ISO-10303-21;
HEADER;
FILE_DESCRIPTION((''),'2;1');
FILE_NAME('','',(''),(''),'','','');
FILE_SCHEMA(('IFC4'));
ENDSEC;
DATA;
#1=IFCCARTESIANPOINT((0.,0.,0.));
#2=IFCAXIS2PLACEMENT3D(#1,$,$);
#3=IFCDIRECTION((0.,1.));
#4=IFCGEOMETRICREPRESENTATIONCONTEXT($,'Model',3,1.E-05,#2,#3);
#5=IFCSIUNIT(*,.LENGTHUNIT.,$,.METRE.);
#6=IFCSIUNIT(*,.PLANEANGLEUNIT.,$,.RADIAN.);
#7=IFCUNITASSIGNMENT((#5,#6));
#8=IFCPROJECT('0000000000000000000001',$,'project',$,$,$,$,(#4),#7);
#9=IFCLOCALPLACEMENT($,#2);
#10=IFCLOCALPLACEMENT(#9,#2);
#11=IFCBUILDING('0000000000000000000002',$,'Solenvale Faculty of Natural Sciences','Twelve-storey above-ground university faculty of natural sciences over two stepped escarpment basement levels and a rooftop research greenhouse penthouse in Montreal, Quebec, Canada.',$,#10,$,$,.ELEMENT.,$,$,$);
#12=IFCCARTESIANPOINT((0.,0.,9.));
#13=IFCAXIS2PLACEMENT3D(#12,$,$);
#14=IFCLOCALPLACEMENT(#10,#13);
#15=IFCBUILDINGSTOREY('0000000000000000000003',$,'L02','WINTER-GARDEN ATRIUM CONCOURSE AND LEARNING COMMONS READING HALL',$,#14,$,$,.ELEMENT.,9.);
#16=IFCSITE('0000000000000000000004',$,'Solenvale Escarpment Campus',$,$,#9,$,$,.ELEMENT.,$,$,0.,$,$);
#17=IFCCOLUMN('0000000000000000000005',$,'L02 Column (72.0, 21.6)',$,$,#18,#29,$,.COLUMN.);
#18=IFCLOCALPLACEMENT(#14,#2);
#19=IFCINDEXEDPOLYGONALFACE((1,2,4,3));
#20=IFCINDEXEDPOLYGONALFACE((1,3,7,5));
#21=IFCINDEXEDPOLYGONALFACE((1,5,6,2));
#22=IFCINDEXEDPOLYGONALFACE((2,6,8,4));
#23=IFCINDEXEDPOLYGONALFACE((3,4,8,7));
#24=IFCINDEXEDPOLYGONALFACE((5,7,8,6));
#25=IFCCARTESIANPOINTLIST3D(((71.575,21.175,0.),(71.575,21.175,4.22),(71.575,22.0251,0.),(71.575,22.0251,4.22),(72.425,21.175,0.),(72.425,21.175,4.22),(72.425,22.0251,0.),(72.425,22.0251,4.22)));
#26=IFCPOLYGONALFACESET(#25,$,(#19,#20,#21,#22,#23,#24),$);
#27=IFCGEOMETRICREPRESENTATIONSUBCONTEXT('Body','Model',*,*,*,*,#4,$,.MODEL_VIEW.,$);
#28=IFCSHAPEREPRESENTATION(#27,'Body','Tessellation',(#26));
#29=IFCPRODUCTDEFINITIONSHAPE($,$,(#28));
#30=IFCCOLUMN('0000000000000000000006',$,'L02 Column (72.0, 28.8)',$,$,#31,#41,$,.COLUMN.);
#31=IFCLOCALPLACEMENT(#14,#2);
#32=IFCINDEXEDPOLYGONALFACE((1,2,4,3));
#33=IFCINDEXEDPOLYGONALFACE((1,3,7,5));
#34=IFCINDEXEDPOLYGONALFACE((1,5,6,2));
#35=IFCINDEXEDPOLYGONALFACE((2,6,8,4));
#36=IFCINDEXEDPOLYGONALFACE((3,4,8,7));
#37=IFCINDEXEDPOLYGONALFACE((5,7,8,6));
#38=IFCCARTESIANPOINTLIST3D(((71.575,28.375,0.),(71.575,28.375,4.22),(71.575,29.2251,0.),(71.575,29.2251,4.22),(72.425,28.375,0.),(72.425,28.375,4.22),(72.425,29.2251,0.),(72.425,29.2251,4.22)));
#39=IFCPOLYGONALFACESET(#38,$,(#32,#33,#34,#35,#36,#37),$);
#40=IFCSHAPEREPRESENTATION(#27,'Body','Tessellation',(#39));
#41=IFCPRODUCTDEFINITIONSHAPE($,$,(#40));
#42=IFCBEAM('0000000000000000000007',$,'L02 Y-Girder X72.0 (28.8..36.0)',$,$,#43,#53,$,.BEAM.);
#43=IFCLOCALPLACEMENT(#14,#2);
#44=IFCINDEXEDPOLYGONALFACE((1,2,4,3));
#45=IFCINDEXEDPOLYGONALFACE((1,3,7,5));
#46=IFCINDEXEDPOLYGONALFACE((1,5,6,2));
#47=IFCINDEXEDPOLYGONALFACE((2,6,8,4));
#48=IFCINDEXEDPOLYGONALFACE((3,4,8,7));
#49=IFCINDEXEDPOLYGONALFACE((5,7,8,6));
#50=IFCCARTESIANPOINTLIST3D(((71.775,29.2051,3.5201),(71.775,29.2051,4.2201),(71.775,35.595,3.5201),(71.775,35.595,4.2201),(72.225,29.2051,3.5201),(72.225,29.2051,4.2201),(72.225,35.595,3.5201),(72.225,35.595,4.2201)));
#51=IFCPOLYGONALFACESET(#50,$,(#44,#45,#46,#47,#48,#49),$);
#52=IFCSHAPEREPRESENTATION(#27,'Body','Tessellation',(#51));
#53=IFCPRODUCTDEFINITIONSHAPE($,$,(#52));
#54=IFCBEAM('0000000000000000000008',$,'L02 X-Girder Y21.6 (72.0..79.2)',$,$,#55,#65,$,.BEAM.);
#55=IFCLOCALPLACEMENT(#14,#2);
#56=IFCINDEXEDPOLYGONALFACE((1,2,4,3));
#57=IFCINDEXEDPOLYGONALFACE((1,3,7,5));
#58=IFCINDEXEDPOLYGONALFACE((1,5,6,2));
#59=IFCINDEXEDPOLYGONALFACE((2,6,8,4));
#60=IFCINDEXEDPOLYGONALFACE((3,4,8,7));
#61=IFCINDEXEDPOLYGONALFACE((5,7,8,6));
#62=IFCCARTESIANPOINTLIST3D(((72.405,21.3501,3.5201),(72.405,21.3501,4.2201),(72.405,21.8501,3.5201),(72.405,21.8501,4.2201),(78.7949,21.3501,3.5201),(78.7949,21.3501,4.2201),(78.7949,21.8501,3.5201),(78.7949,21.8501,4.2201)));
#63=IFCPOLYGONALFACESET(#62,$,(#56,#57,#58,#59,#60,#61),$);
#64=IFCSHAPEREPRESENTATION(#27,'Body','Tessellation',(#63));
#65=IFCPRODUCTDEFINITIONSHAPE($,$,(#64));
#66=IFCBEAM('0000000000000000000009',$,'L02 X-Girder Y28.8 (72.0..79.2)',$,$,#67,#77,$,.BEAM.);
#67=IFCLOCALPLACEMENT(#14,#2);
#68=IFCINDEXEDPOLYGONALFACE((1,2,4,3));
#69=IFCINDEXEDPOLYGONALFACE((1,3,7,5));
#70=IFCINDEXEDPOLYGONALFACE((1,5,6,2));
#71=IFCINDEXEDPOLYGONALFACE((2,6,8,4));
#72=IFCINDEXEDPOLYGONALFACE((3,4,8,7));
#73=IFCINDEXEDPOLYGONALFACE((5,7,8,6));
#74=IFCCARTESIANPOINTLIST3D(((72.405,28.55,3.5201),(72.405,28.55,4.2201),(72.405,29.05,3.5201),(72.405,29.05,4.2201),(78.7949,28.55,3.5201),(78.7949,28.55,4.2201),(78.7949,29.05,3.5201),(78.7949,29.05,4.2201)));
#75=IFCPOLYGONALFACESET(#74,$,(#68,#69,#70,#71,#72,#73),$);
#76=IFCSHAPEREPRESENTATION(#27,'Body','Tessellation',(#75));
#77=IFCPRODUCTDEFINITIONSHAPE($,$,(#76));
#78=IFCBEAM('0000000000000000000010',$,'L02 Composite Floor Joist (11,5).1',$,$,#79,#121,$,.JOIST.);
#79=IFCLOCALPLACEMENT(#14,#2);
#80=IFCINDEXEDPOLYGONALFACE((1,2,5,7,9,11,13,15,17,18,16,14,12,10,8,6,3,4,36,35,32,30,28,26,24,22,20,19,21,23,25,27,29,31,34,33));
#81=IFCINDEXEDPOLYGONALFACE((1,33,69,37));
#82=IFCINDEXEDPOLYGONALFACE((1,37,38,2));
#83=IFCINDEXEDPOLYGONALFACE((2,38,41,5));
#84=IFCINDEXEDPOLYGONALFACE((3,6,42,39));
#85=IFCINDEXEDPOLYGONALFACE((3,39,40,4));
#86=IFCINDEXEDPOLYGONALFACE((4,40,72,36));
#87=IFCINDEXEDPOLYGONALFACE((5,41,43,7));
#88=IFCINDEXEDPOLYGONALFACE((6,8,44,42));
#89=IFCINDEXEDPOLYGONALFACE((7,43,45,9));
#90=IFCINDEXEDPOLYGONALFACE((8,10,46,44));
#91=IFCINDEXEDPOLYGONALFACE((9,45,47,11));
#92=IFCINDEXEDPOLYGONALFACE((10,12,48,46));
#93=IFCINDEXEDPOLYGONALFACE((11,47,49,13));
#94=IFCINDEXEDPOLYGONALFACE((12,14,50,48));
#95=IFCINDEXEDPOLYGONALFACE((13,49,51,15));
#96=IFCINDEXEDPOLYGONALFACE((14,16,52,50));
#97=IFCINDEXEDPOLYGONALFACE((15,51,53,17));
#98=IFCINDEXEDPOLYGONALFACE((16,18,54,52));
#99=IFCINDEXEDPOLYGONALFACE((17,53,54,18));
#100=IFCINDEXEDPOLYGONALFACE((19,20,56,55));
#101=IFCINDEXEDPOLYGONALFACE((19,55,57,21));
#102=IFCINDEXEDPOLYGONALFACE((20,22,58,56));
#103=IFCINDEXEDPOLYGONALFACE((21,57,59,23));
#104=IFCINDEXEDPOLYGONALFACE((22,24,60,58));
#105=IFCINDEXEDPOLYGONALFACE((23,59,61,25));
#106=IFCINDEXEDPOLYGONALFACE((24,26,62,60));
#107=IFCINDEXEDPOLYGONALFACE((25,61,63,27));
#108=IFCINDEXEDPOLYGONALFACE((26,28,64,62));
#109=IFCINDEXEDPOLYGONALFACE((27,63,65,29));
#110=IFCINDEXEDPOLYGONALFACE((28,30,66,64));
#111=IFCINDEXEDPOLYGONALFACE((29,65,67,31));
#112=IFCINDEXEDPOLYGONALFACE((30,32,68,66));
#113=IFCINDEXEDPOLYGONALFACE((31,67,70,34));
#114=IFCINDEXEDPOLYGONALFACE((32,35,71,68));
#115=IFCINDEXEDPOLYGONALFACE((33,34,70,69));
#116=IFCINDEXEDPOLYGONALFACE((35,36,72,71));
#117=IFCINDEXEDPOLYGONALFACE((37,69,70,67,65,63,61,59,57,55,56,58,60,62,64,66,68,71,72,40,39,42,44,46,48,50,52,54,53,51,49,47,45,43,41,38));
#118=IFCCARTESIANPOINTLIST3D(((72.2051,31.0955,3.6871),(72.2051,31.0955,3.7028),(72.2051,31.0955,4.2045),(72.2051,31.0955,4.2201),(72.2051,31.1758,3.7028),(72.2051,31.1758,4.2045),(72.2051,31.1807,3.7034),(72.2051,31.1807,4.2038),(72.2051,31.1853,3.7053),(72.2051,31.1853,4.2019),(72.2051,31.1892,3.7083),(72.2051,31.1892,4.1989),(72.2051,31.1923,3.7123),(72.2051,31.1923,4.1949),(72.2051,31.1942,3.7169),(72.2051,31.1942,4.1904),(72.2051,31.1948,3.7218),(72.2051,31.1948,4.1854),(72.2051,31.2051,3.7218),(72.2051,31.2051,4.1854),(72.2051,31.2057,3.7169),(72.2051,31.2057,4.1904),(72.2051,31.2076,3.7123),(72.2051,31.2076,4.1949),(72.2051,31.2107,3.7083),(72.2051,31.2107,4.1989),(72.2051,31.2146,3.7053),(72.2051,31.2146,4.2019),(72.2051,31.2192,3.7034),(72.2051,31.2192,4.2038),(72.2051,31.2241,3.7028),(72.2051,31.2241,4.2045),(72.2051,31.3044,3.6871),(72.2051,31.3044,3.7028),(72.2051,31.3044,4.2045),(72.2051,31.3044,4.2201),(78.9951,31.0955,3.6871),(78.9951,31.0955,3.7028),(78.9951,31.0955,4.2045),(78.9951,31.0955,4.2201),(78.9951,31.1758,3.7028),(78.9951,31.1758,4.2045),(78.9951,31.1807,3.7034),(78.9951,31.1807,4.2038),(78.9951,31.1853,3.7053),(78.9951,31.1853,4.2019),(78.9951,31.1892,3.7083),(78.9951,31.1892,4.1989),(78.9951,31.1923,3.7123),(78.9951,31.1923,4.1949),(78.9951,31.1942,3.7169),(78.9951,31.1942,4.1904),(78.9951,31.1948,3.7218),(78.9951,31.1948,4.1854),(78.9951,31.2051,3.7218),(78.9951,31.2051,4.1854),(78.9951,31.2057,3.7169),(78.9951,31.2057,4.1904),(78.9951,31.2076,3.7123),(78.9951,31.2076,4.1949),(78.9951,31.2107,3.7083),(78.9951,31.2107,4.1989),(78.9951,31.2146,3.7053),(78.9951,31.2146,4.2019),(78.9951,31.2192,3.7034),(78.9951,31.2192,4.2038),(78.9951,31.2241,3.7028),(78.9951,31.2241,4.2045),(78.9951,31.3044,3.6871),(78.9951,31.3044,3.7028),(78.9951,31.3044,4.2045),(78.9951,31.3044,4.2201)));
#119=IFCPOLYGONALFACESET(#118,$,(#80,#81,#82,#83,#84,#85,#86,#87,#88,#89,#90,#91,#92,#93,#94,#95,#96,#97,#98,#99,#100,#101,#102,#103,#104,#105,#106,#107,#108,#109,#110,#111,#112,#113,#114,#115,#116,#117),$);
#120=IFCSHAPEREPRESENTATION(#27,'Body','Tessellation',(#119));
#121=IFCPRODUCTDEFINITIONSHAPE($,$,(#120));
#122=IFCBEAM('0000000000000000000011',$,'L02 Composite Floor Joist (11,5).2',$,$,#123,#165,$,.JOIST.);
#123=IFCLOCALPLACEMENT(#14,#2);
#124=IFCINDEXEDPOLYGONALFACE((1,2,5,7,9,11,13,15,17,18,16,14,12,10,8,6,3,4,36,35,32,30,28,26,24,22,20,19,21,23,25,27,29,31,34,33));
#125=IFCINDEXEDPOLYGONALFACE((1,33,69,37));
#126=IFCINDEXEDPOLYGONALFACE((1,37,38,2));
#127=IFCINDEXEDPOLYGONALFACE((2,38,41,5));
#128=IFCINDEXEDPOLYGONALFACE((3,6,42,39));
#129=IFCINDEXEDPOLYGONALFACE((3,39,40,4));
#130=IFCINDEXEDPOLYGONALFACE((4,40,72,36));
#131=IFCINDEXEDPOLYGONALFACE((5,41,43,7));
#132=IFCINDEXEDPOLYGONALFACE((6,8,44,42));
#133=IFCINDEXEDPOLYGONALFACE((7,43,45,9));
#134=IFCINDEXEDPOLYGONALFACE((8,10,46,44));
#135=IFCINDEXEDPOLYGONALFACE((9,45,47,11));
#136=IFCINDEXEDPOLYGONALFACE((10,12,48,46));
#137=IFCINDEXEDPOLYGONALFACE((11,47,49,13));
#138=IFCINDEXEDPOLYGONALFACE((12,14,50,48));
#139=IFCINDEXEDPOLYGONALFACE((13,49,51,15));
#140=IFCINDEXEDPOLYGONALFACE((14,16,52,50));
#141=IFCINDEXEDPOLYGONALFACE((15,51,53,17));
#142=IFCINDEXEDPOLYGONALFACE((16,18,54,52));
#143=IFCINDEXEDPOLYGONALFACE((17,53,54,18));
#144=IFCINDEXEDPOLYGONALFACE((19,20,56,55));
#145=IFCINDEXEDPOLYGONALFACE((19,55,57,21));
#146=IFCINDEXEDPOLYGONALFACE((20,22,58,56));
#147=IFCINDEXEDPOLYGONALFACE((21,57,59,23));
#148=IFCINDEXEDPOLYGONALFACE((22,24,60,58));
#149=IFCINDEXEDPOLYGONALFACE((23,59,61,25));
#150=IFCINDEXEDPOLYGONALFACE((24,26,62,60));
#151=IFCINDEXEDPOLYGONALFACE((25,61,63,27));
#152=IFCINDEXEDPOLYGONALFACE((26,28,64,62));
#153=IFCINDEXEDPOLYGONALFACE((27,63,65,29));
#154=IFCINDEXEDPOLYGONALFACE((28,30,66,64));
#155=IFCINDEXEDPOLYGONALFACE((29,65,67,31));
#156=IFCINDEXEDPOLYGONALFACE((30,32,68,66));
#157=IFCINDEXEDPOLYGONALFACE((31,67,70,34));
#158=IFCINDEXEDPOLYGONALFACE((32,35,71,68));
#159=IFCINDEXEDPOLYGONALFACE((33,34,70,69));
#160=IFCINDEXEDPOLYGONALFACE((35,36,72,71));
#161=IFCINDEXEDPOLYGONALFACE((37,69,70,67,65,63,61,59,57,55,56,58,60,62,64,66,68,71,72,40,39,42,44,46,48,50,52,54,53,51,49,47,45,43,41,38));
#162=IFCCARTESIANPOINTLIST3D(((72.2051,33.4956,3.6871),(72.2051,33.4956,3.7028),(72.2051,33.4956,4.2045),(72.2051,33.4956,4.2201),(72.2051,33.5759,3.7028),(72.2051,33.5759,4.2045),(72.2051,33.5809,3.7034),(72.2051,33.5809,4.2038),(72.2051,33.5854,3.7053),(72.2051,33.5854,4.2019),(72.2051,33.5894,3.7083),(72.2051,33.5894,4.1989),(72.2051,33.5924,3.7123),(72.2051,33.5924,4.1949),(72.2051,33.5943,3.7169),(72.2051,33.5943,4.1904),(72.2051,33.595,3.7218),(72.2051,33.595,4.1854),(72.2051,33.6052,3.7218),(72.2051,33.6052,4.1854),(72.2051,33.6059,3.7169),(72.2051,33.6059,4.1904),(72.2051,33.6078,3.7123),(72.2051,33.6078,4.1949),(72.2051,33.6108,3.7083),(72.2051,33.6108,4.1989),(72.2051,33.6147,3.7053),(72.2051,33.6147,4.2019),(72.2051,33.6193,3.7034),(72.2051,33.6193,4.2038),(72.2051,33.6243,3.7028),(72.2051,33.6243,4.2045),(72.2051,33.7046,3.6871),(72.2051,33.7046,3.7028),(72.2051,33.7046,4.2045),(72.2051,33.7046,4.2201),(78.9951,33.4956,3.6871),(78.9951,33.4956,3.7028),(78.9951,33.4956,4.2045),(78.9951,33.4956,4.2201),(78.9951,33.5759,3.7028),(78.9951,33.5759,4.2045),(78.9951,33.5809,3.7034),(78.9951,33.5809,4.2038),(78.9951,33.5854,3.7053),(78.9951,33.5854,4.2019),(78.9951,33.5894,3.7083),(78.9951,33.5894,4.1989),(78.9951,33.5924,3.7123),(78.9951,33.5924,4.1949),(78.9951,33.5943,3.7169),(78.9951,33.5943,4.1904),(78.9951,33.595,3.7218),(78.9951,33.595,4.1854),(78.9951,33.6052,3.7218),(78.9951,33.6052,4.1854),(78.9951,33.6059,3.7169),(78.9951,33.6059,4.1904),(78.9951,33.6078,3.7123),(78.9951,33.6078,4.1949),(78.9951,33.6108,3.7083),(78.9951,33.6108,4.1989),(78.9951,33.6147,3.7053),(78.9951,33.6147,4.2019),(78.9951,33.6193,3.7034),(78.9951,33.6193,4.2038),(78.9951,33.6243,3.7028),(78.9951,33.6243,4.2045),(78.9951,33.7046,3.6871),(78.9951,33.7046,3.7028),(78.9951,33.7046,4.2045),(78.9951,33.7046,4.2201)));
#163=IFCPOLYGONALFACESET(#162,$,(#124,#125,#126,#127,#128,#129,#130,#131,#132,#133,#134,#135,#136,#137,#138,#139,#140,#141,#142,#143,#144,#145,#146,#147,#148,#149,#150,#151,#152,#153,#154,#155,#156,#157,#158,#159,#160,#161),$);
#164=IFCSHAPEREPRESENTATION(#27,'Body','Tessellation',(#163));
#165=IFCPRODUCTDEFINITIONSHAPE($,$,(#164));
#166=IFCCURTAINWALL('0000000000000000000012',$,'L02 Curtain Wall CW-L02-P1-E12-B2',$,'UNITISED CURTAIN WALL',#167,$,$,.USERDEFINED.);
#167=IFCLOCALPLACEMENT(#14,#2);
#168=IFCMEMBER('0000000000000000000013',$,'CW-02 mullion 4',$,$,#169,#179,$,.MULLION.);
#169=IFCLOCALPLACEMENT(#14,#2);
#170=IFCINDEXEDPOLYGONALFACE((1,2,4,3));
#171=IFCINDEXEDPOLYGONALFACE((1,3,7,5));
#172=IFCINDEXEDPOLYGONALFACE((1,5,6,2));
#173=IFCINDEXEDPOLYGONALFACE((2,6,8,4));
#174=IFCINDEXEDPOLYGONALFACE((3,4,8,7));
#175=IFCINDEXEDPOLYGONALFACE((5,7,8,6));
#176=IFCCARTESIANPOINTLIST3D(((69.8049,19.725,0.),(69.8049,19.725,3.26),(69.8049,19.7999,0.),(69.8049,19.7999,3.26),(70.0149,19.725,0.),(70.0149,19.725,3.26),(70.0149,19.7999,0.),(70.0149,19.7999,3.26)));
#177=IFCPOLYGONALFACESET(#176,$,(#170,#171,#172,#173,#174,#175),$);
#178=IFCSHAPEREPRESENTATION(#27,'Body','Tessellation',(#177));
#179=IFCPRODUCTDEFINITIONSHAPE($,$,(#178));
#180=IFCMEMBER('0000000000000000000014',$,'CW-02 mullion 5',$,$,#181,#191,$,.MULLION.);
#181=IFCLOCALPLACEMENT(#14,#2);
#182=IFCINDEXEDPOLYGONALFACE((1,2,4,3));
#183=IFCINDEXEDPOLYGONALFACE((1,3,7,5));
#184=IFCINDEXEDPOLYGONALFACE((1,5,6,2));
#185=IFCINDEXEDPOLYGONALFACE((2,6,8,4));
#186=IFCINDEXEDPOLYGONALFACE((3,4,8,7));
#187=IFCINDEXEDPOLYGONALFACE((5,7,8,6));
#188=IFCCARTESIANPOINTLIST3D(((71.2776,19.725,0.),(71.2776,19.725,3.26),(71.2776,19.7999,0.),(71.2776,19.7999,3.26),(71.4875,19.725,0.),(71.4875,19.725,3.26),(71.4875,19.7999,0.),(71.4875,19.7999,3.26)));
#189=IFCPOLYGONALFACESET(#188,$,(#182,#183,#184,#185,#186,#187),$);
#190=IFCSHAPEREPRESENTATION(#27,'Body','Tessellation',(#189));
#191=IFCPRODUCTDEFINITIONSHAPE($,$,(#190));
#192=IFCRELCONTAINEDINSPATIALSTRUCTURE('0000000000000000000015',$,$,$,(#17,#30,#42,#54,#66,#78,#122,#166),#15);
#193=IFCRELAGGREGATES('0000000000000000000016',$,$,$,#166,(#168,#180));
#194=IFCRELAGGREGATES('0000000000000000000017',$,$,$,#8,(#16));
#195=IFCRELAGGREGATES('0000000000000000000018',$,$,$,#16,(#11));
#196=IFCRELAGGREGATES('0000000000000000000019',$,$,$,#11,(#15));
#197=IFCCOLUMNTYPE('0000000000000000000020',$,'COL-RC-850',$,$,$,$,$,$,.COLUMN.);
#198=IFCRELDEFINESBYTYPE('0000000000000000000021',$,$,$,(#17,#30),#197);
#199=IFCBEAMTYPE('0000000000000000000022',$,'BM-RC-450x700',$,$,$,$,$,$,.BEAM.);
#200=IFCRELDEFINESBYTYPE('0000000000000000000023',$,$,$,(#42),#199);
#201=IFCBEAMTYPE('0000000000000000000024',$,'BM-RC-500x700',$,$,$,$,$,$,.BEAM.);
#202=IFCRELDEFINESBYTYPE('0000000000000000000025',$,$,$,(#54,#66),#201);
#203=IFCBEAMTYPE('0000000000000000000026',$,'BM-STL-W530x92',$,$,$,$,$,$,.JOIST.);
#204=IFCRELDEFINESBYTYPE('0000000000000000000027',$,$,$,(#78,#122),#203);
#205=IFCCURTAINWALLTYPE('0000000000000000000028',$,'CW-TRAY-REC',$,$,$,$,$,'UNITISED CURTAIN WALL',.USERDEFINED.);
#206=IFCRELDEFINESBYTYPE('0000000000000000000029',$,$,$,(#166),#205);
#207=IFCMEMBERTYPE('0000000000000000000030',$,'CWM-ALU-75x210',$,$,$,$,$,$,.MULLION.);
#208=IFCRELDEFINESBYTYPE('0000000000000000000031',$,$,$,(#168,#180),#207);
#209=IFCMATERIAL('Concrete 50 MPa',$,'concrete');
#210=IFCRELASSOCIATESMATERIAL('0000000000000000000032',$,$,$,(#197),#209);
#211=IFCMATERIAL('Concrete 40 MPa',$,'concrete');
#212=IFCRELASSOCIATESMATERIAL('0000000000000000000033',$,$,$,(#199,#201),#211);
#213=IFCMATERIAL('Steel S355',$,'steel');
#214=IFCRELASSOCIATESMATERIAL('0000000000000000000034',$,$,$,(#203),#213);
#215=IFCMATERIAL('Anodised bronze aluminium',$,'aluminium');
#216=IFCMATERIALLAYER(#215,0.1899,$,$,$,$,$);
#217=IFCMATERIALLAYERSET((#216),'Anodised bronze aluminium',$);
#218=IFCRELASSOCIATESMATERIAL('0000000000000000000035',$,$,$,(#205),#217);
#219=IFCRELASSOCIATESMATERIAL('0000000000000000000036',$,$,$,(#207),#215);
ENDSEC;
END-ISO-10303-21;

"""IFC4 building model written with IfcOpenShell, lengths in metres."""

from ifc_helpers import new_model, si_unit, direction, frame, origin, origin_2d, place, context, subcontext, project, spatial, rectangle, i_section, extrude, material, layer, layer_set, material_profile, profile_set, type_object, element, aggregate, save


model = new_model("IFC4")

# Units and contexts
model_context = context("Model", 3, precision=1e-05, world=origin(), true_north=direction((0.0, 1.0)))
body_context = subcontext(model_context, "Body", "Model", "MODEL_VIEW")
ifc_project = project(units=[si_unit("LENGTHUNIT", "METRE"), si_unit("PLANEANGLEUNIT", "RADIAN")], contexts=[model_context])

# Site, building, storey
site_placement = place(None, origin())
site = spatial("IfcSite", under=ifc_project, at=site_placement, Name="Solenvale Escarpment Campus", CompositionType="ELEMENT", RefElevation=0.0)
building_placement = place(site_placement, origin())
building = spatial("IfcBuilding", under=site, at=building_placement, Name="Solenvale Faculty of Natural Sciences", Description="Twelve-storey above-ground university faculty of natural sciences over two stepped escarpment basement levels and a rooftop research greenhouse penthouse in Montreal, Quebec, Canada.", CompositionType="ELEMENT")
storey_placement = place(building_placement, frame((0.0, 0.0, 9.0)))
storey = spatial("IfcBuildingStorey", under=building, at=storey_placement, Name="L02", Description="WINTER-GARDEN ATRIUM CONCOURSE AND LEARNING COMMONS READING HALL", CompositionType="ELEMENT", Elevation=9.0)

# Columns
ifc_material_1 = material(Name="Concrete 50 MPa", Category="concrete")
ifc_material_profile_1 = material_profile(ifc_material_1, rectangle(XDim=0.8501, YDim=0.8501, at=origin_2d()), Name="RC-COL-850x850")
ifc_profile_set_1 = profile_set([ifc_material_profile_1], Name="Concrete 50 MPa")
column_type = type_object("IfcColumnType", Name="COL-RC-850", PredefinedType="COLUMN", material=ifc_profile_set_1)
for number, where, z_axis, x_axis, name in (
    (1, (72.0, 21.6001, 0.0), (0.0, 0.0, 1.0), (1.0, 0.0, 0.0), "L02 Column (72.0, 21.6)"),
    (2, (72.0, 28.8, 0.0), (0.0, 0.0, 1.0), (1.0, 0.0, 0.0), "L02 Column (72.0, 28.8)"),
):
    element("IfcColumn", number, at=place(storey_placement, frame(where, z_axis=z_axis, x_axis=x_axis)), inside=storey, type_object=column_type, Name=name, PredefinedType="COLUMN", context=body_context, shape_type="SweptSolid", body=[
        extrude(rectangle(XDim=0.8501, YDim=0.8501, at=origin_2d()), origin(), (0.0, 0.0, 1.0), 4.22),
    ])

# Beams
ifc_material_2 = material(Name="Concrete 40 MPa", Category="concrete")
ifc_material_profile_2 = material_profile(ifc_material_2, rectangle(XDim=0.45, YDim=0.7, at=origin_2d()), Name="RC-BM-450x700")
ifc_profile_set_2 = profile_set([ifc_material_profile_2], Name="Concrete 40 MPa")
beam_type_1 = type_object("IfcBeamType", Name="BM-RC-450x700", PredefinedType="BEAM", material=ifc_profile_set_2)
beam_placement = place(storey_placement, frame((72.0, 29.2051, 3.8701), z_axis=(0.0, 1.0, 0.0), x_axis=(-1.0, 0.0, 0.0)))
element("IfcBeam", 3, at=beam_placement, inside=storey, type_object=beam_type_1, Name="L02 Y-Girder X72.0 (28.8..36.0)", PredefinedType="BEAM", context=body_context, shape_type="SweptSolid", body=[
    extrude(rectangle(XDim=0.45, YDim=0.7, at=origin_2d()), origin(), (0.0, 0.0, 1.0), 6.3899),
])
ifc_material_profile_3 = material_profile(ifc_material_2, rectangle(XDim=0.5, YDim=0.7, at=origin_2d()), Name="RC-BM-500x700")
ifc_profile_set_3 = profile_set([ifc_material_profile_3], Name="Concrete 40 MPa")
beam_type_2 = type_object("IfcBeamType", Name="BM-RC-500x700", PredefinedType="BEAM", material=ifc_profile_set_3)
for number, where, z_axis, x_axis, name in (
    (4, (72.405, 21.6001, 3.8701), (1.0, 0.0, 0.0), (0.0, 1.0, 0.0), "L02 X-Girder Y21.6 (72.0..79.2)"),
    (5, (72.405, 28.8, 3.8701), (1.0, 0.0, 0.0), (0.0, 1.0, 0.0), "L02 X-Girder Y28.8 (72.0..79.2)"),
):
    element("IfcBeam", number, at=place(storey_placement, frame(where, z_axis=z_axis, x_axis=x_axis)), inside=storey, type_object=beam_type_2, Name=name, PredefinedType="BEAM", context=body_context, shape_type="SweptSolid", body=[
        extrude(rectangle(XDim=0.5, YDim=0.7, at=origin_2d()), origin(), (0.0, 0.0, 1.0), 6.3899),
    ])
ifc_material_3 = material(Name="Steel S355", Category="steel")
ifc_material_profile_4 = material_profile(ifc_material_3, i_section(OverallWidth=0.209, OverallDepth=0.533, WebThickness=0.0103, FlangeThickness=0.0156, FilletRadius=0.019, at=origin_2d()), Name="W530x92")
ifc_profile_set_4 = profile_set([ifc_material_profile_4], Name="Steel S355")
beam_type_3 = type_object("IfcBeamType", Name="BM-STL-W530x92", PredefinedType="JOIST", material=ifc_profile_set_4)
for number, where, z_axis, x_axis, name in (
    (6, (72.2051, 31.2, 3.9536), (1.0, 0.0, 0.0), (0.0, 1.0, 0.0), "L02 Composite Floor Joist (11,5).1"),
    (7, (72.2051, 33.6001, 3.9536), (1.0, 0.0, 0.0), (0.0, 1.0, 0.0), "L02 Composite Floor Joist (11,5).2"),
):
    element("IfcBeam", number, at=place(storey_placement, frame(where, z_axis=z_axis, x_axis=x_axis)), inside=storey, type_object=beam_type_3, Name=name, PredefinedType="JOIST", context=body_context, shape_type="SweptSolid", body=[
        extrude(i_section(OverallWidth=0.209, OverallDepth=0.533, WebThickness=0.0103, FlangeThickness=0.0156, FilletRadius=0.019, at=origin_2d()), origin(), (0.0, 0.0, 1.0), 6.79),
    ])

# Curtain wall, members
ifc_material_4 = material(Name="Anodised bronze aluminium", Category="aluminium")
ifc_layer_1 = layer(ifc_material_4, 0.1899)
ifc_layer_set_1 = layer_set([ifc_layer_1], Name="Anodised bronze aluminium")
curtain_wall_type = type_object("IfcCurtainWallType", Name="CW-TRAY-REC", ElementType="UNITISED CURTAIN WALL", PredefinedType="USERDEFINED", material=ifc_layer_set_1)
curtain_wall_1_placement = place(storey_placement, origin())
curtain_wall_1 = element("IfcCurtainWall", 8, at=curtain_wall_1_placement, inside=storey, type_object=curtain_wall_type, Name="L02 Curtain Wall CW-L02-P1-E12-B2", ObjectType="UNITISED CURTAIN WALL", PredefinedType="USERDEFINED")
ifc_material_profile_5 = material_profile(ifc_material_4, rectangle(XDim=0.075, YDim=0.21, at=origin_2d()), Name="ALU-MUL-75x210")
ifc_profile_set_5 = profile_set([ifc_material_profile_5], Name="Anodised bronze aluminium")
member_type_1 = type_object("IfcMemberType", Name="CWM-ALU-75x210", PredefinedType="MULLION", material=ifc_profile_set_5)
member_1_placement = place(storey_placement, frame((69.9099, 19.7625, 0.0), z_axis=(0.0, 0.0, 1.0), x_axis=(0.0, 1.0, 0.0)))
member_1 = element("IfcMember", 9, at=member_1_placement, type_object=member_type_1, Name="CW-02 mullion 4", PredefinedType="MULLION", context=body_context, shape_type="SweptSolid", body=[
    extrude(rectangle(XDim=0.075, YDim=0.21, at=origin_2d()), origin(), (0.0, 0.0, 1.0), 3.26),
])
member_2_placement = place(storey_placement, frame((71.3826, 19.7625, 0.0), z_axis=(0.0, 0.0, 1.0), x_axis=(0.0, 1.0, 0.0)))
member_2 = element("IfcMember", 10, at=member_2_placement, type_object=member_type_1, Name="CW-02 mullion 5", PredefinedType="MULLION", context=body_context, shape_type="SweptSolid", body=[
    extrude(rectangle(XDim=0.075, YDim=0.21, at=origin_2d()), origin(), (0.0, 0.0, 1.0), 3.26),
])

aggregate(curtain_wall_1, [member_1, member_2])

save(model, "model.ifc")
